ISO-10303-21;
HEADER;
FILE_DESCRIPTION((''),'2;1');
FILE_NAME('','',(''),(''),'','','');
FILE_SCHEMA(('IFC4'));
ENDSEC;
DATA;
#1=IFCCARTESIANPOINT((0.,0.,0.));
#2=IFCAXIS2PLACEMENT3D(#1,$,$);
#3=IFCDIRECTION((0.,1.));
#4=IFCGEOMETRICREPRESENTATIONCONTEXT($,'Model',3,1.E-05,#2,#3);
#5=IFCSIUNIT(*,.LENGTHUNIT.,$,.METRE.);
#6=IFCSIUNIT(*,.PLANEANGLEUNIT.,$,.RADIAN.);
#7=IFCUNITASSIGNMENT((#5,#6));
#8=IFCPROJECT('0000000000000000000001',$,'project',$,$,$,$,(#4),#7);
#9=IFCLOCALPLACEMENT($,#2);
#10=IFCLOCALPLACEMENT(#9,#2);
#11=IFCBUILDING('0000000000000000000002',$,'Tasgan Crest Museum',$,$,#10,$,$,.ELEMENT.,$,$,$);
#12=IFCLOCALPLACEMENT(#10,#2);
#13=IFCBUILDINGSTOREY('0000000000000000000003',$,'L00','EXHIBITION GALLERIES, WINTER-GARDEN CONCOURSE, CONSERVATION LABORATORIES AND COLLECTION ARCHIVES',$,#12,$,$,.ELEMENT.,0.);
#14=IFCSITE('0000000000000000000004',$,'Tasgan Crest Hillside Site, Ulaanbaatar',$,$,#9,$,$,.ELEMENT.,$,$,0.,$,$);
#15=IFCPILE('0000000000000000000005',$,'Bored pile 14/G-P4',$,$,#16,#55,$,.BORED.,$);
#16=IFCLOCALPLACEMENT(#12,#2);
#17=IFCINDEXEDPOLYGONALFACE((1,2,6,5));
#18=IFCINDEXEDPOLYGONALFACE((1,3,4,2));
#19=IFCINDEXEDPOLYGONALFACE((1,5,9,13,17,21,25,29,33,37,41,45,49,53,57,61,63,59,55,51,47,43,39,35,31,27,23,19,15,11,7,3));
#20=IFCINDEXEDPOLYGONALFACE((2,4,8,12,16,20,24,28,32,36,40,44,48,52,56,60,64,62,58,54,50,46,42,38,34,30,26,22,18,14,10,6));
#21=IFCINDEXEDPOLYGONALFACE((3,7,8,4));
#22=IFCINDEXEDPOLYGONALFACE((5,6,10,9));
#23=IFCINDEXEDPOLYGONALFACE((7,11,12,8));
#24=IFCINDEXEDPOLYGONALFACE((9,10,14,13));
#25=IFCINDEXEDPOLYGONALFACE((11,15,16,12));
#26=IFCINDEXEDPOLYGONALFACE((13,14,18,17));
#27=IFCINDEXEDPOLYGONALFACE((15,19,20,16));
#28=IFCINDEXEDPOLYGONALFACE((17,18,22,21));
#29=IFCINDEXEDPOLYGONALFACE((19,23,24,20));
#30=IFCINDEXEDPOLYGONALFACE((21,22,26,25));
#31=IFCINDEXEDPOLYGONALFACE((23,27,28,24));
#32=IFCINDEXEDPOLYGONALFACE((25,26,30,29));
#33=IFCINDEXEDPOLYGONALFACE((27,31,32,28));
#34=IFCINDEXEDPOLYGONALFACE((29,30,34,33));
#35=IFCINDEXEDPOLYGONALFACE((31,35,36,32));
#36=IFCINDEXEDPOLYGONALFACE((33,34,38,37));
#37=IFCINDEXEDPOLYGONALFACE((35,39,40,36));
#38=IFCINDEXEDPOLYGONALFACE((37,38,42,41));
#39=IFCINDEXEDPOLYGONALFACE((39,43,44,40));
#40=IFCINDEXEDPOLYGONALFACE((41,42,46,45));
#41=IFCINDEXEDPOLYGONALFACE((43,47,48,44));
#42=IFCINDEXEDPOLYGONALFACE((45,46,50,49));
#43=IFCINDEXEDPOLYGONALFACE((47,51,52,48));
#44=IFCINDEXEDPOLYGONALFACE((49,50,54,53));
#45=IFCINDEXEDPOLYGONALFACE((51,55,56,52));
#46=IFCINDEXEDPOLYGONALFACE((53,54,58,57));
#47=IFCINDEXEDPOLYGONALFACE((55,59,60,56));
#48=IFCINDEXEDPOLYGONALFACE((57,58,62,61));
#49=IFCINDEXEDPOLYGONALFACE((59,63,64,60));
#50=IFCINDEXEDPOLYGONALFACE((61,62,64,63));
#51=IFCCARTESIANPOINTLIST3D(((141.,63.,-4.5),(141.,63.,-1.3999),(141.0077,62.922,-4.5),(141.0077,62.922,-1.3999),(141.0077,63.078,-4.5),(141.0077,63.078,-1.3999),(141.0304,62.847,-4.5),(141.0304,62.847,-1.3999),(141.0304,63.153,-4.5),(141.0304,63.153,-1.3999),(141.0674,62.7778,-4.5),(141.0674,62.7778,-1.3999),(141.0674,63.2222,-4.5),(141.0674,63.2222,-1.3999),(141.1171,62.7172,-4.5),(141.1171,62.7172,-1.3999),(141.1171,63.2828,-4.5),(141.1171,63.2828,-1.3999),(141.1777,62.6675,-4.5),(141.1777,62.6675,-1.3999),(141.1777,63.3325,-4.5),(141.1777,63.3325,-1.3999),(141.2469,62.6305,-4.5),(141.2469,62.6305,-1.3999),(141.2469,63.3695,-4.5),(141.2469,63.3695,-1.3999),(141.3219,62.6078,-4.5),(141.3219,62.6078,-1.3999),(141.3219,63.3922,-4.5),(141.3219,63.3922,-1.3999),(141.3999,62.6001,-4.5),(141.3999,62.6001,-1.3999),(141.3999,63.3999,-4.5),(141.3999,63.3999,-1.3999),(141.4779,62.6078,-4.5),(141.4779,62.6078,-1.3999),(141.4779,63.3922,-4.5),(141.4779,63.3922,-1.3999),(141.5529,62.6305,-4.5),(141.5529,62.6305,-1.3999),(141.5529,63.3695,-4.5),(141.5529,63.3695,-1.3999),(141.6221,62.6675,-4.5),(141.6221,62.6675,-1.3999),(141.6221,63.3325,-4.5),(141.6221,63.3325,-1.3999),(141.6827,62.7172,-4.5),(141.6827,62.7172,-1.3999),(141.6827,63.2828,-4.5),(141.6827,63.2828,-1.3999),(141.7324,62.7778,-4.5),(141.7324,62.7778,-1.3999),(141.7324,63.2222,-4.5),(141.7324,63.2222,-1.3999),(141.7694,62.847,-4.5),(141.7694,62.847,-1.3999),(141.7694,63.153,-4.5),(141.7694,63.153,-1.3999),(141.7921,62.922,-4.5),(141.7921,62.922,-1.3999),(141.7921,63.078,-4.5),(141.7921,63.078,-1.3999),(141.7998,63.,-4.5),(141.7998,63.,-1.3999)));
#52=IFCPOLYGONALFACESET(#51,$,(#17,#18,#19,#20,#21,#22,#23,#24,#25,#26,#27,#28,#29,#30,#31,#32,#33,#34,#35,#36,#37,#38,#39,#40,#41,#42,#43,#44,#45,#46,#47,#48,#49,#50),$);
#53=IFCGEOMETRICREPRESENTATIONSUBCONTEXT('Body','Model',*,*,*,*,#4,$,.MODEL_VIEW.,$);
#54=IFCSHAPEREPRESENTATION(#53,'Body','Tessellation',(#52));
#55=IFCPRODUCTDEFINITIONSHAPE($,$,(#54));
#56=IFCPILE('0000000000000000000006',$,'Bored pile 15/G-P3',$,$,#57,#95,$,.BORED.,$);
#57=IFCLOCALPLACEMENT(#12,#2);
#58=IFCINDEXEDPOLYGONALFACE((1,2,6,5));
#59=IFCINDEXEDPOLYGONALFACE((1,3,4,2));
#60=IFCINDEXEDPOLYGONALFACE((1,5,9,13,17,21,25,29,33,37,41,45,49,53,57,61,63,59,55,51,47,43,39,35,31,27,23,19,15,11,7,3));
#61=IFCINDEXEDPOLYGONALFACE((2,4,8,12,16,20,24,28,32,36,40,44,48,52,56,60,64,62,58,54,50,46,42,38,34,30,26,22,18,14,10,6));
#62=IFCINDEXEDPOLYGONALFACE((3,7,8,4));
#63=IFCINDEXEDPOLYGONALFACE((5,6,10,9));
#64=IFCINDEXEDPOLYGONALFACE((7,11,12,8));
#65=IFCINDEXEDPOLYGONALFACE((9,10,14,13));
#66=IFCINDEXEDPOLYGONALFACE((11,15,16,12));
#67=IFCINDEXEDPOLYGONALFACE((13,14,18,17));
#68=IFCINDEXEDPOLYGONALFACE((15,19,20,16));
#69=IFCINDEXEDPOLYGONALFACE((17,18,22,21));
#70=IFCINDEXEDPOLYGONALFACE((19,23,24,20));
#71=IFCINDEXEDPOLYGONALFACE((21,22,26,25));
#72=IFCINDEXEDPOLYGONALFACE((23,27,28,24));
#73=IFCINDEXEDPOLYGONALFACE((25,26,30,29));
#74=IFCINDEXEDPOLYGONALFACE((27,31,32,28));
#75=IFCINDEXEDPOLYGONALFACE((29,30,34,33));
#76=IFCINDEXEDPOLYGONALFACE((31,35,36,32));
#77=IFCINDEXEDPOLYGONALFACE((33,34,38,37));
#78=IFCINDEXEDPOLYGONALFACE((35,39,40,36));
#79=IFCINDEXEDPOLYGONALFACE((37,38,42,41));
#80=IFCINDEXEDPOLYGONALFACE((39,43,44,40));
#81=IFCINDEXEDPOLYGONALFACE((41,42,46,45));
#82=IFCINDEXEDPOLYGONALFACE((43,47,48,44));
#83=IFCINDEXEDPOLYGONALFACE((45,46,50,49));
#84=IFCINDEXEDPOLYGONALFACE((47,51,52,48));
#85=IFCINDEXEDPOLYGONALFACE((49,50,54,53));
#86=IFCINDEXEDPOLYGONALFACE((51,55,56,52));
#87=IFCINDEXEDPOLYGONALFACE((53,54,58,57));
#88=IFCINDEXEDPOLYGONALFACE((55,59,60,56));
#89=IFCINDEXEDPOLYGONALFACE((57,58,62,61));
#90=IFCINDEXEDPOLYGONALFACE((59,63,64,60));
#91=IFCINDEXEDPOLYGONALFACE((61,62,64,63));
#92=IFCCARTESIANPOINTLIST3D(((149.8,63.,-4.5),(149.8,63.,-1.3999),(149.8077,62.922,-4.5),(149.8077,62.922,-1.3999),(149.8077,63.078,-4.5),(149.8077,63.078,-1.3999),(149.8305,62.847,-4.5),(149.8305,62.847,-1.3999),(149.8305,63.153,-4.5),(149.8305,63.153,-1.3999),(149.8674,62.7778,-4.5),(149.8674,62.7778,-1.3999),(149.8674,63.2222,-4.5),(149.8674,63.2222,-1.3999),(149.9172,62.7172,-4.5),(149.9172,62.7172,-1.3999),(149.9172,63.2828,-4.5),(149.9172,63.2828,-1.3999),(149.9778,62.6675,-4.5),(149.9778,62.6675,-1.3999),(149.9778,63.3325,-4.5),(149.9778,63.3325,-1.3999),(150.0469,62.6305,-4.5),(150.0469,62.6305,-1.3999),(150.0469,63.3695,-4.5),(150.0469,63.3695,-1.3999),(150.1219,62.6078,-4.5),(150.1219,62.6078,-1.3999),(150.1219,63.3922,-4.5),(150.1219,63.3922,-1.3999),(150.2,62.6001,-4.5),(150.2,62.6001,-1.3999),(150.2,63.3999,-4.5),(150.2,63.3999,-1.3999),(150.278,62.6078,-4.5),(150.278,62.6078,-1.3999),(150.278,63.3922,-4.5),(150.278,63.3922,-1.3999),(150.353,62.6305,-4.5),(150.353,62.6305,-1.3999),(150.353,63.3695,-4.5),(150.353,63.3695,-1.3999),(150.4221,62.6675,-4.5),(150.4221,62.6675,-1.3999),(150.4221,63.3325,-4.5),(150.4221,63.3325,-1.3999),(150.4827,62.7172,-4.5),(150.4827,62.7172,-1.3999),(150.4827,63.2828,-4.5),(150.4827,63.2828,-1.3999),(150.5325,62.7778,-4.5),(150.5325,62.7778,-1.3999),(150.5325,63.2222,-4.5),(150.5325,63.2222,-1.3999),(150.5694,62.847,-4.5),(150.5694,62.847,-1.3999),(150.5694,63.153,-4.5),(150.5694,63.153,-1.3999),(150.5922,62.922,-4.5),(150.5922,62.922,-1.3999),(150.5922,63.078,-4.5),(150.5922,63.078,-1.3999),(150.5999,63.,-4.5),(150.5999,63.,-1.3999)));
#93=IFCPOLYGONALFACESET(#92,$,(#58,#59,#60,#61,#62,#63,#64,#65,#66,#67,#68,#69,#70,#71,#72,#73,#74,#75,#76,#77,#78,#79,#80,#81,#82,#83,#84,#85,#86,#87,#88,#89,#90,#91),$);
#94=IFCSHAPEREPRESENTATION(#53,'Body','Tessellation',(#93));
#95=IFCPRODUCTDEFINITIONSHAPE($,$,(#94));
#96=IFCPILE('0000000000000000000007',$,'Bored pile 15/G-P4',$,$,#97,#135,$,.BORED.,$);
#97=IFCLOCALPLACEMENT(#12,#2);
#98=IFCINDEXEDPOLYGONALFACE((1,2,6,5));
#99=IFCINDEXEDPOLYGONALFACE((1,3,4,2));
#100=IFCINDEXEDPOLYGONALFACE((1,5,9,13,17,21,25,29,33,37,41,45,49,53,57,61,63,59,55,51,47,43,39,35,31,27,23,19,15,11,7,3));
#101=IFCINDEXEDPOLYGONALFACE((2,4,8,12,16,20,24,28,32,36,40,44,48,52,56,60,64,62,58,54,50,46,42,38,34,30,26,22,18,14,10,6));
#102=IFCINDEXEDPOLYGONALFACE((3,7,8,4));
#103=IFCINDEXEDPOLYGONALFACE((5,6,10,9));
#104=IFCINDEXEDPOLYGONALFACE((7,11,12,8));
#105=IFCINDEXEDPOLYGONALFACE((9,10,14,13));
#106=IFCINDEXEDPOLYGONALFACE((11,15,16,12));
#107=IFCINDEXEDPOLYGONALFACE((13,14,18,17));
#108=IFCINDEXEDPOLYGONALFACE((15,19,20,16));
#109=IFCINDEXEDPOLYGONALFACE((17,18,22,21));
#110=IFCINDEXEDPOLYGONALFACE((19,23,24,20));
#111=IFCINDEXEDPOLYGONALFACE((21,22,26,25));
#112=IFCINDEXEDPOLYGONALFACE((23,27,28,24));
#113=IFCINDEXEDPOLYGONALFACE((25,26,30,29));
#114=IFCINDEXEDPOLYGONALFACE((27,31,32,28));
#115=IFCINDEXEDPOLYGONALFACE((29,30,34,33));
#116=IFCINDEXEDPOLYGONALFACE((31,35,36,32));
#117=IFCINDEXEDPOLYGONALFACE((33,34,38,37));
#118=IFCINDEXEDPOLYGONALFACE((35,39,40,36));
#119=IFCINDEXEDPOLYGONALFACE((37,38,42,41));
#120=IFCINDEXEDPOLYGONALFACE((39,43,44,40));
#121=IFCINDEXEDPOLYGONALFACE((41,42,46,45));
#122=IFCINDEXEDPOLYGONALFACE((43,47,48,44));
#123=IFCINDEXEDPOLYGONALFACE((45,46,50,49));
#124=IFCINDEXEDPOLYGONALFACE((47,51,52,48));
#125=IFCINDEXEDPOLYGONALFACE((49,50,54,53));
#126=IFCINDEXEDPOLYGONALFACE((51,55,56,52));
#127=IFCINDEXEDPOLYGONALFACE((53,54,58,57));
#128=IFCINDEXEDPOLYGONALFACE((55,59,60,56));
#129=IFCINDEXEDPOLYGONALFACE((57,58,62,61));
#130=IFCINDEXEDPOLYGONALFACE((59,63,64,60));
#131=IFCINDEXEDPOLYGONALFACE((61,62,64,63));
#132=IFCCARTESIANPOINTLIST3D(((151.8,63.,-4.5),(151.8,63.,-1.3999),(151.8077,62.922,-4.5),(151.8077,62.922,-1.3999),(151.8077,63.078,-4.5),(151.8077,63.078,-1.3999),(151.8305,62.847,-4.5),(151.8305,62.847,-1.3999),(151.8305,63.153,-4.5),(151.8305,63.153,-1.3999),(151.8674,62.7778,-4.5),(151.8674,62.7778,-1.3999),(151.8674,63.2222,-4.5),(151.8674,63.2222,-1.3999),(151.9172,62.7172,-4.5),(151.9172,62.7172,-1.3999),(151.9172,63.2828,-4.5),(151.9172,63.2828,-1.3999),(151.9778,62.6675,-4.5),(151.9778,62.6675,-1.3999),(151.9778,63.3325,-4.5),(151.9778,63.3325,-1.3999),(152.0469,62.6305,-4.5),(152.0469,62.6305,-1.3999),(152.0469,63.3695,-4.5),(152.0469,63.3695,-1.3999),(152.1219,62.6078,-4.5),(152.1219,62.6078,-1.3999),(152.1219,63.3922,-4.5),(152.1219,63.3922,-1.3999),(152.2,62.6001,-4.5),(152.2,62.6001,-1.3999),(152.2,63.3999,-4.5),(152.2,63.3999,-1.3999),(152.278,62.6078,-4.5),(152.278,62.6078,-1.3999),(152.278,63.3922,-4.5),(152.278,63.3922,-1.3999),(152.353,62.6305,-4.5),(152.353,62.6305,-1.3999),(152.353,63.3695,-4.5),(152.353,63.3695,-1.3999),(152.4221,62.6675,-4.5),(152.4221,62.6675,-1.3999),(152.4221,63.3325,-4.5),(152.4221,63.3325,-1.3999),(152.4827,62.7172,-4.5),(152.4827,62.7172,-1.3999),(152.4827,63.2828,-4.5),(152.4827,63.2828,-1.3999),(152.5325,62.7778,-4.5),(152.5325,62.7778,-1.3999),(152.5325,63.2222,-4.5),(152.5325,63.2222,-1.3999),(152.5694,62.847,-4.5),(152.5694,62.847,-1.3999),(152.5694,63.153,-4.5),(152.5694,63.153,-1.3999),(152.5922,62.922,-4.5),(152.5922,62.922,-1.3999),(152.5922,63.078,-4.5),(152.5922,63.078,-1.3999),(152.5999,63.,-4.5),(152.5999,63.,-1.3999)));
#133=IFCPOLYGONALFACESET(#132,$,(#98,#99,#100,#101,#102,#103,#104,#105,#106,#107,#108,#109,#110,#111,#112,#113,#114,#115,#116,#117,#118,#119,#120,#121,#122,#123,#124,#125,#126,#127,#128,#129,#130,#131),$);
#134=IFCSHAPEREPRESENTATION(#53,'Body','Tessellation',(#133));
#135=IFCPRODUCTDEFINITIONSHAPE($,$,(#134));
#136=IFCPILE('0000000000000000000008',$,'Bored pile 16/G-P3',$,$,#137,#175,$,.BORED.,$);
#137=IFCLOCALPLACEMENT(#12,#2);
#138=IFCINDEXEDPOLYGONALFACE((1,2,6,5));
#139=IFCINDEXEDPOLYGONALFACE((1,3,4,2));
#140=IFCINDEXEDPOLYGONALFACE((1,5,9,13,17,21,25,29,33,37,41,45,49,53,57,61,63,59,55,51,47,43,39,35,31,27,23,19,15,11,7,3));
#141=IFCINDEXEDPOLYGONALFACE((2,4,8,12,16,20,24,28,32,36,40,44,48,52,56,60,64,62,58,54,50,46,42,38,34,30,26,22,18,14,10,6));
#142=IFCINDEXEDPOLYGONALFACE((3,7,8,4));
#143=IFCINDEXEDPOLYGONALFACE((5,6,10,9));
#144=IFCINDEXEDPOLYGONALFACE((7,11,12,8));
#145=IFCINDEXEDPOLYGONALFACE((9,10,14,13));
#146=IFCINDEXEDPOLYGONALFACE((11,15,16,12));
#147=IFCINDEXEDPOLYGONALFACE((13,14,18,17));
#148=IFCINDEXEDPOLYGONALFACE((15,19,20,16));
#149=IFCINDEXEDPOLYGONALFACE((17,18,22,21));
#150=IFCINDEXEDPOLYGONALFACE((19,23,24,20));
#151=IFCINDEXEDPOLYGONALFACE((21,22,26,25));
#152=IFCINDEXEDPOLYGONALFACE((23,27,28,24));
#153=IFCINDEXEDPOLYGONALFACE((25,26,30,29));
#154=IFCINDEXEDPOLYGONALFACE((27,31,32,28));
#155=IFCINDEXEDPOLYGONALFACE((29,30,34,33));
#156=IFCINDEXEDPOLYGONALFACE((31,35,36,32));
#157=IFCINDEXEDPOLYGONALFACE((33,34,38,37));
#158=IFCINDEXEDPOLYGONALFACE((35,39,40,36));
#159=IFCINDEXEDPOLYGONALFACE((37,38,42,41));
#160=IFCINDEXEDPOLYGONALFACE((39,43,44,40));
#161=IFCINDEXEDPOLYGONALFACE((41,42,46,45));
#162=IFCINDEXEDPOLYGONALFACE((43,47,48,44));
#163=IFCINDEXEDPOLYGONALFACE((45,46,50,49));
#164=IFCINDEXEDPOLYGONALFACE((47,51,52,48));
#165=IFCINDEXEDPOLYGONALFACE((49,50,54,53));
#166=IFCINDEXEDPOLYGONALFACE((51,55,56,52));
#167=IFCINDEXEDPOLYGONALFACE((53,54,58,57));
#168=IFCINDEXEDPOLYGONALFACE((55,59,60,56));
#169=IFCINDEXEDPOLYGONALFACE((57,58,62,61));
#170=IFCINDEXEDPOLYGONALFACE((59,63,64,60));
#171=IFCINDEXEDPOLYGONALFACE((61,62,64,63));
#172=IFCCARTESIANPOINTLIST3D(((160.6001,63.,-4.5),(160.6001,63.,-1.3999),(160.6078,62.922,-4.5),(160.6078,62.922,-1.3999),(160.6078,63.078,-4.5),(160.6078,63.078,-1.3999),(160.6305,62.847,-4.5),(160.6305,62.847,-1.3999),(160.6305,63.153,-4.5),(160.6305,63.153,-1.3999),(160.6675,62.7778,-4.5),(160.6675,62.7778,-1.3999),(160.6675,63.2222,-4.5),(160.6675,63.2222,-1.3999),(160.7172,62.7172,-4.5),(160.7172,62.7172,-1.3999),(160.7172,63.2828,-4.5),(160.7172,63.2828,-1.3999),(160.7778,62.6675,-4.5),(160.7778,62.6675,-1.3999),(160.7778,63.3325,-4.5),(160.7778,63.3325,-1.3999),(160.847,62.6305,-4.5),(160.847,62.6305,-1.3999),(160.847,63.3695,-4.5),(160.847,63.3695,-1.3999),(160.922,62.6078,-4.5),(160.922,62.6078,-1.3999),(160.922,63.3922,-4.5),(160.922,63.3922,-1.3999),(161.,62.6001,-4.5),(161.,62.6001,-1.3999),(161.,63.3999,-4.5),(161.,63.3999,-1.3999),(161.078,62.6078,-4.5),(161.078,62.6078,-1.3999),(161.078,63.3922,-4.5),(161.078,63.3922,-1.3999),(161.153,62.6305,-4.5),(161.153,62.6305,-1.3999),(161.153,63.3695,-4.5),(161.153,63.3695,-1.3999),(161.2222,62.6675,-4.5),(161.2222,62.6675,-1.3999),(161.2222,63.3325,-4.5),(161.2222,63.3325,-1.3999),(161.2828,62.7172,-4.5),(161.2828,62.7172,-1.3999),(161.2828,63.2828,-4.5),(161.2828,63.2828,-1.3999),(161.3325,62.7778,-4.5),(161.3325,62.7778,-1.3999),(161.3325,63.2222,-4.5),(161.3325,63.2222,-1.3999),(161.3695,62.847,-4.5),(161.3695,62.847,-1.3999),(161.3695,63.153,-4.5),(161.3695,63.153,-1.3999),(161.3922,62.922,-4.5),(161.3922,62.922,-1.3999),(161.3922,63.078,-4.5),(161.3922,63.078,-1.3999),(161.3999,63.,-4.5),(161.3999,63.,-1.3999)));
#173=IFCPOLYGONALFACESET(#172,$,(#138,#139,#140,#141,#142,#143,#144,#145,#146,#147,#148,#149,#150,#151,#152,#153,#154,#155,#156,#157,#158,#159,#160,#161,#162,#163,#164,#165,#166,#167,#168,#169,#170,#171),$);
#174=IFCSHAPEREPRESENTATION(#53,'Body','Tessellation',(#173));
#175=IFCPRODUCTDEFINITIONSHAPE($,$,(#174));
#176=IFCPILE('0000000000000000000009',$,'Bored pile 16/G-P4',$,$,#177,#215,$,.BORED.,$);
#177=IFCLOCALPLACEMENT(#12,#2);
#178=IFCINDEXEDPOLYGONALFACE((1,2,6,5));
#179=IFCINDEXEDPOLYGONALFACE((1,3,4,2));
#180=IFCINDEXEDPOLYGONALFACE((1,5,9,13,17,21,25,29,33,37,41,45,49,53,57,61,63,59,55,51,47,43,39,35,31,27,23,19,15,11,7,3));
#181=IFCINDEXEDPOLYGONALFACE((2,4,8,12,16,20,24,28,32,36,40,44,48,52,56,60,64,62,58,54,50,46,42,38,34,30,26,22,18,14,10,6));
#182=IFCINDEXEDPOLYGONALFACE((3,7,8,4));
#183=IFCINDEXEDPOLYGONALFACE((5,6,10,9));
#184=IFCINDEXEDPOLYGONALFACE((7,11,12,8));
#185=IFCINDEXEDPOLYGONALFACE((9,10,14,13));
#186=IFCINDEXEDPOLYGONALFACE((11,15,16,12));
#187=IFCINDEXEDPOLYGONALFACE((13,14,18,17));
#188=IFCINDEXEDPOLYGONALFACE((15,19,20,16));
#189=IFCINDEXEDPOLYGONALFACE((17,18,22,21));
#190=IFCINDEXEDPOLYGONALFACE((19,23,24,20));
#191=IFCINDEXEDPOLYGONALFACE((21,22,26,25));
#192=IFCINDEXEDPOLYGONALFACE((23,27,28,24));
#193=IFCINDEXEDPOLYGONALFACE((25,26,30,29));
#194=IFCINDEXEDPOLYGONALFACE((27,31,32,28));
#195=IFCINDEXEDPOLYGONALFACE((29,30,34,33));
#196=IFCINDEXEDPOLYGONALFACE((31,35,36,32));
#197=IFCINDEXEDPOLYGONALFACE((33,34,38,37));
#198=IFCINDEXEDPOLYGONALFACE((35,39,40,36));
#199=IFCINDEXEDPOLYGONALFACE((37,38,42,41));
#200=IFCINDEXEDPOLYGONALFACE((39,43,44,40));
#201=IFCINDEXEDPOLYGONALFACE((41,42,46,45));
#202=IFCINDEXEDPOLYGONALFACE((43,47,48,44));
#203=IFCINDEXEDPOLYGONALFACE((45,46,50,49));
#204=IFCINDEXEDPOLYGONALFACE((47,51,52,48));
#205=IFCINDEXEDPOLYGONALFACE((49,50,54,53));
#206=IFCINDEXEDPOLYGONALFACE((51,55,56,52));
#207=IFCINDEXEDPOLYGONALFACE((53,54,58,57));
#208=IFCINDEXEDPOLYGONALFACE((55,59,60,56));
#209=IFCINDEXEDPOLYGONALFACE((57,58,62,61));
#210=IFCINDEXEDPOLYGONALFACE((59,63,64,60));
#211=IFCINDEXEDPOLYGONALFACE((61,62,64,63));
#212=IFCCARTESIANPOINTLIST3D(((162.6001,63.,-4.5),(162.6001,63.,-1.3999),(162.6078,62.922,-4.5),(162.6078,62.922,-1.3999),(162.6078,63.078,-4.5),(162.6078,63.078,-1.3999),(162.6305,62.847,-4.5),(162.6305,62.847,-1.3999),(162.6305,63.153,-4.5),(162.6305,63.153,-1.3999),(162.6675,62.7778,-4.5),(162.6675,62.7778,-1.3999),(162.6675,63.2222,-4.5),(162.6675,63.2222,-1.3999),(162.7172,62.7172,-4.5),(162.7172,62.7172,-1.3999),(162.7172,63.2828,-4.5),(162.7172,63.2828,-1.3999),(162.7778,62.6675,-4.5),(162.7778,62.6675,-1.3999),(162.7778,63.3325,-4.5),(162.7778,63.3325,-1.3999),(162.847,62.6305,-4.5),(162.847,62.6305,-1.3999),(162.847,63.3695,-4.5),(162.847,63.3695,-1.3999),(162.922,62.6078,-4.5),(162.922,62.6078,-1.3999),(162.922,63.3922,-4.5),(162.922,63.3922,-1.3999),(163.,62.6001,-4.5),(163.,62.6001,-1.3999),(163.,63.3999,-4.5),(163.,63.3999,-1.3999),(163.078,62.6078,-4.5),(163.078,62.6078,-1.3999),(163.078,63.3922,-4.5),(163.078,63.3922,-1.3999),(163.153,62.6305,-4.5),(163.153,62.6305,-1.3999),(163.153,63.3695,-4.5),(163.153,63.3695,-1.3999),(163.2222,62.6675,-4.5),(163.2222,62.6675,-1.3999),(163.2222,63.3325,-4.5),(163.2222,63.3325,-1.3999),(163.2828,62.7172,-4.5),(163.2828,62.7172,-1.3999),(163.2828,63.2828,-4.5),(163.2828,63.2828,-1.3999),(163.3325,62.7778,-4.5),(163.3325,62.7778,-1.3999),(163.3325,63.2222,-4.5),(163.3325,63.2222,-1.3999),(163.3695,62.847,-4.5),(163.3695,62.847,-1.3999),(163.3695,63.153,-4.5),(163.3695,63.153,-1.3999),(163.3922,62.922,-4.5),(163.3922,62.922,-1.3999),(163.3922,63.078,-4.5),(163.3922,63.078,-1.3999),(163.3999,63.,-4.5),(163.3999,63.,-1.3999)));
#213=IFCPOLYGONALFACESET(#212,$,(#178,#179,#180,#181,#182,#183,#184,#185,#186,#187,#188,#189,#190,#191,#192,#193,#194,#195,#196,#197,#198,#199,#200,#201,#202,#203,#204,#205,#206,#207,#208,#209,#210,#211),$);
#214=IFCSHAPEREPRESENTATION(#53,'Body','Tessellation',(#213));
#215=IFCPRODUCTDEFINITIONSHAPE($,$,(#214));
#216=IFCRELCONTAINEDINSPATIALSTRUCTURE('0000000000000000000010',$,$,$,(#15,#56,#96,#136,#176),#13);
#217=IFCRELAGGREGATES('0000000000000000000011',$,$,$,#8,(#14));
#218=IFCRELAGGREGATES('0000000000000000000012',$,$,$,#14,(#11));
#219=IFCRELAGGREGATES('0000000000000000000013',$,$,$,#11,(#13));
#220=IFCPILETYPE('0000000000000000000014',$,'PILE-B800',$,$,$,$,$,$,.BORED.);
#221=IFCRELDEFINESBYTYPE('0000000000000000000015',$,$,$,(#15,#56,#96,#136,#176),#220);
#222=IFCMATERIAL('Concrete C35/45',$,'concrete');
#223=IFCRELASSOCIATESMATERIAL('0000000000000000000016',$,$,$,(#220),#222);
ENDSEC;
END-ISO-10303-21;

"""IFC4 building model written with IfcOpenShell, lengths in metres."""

from ifc_helpers import new_model, si_unit, direction, frame, origin, origin_2d, place, context, subcontext, project, spatial, circle, extrude, material, material_profile, profile_set, type_object, element, save


model = new_model("IFC4")

# Units and contexts
model_context = context("Model", 3, precision=1e-05, world=origin(), true_north=direction((0.0, 1.0)))
body_context = subcontext(model_context, "Body", "Model", "MODEL_VIEW")
ifc_project = project(units=[si_unit("LENGTHUNIT", "METRE"), si_unit("PLANEANGLEUNIT", "RADIAN")], contexts=[model_context])

# Site, building, storey
site_placement = place(None, origin())
site = spatial("IfcSite", under=ifc_project, at=site_placement, Name="Tasgan Crest Hillside Site, Ulaanbaatar", CompositionType="ELEMENT", RefElevation=0.0)
building_placement = place(site_placement, origin())
building = spatial("IfcBuilding", under=site, at=building_placement, Name="Tasgan Crest Museum", CompositionType="ELEMENT")
storey_placement = place(building_placement, origin())
storey = spatial("IfcBuildingStorey", under=building, at=storey_placement, Name="L00", Description="EXHIBITION GALLERIES, WINTER-GARDEN CONCOURSE, CONSERVATION LABORATORIES AND COLLECTION ARCHIVES", CompositionType="ELEMENT", Elevation=0.0)

# Piles
ifc_material_1 = material(Name="Concrete C35/45", Category="concrete")
ifc_material_profile_1 = material_profile(ifc_material_1, circle(Radius=0.3999, at=origin_2d()), Name="PILE D800")
ifc_profile_set_1 = profile_set([ifc_material_profile_1], Name="Concrete C35/45")
pile_type_1 = type_object("IfcPileType", Name="PILE-B800", PredefinedType="BORED", material=ifc_profile_set_1)
for number, where, z_axis, x_axis, name in (
    (1, (141.3999, 63.0, -1.3999), (0.0, 0.0, -1.0), (1.0, 0.0, 0.0), "Bored pile 14/G-P4"),
    (2, (150.2, 63.0, -1.3999), (0.0, 0.0, -1.0), (1.0, 0.0, 0.0), "Bored pile 15/G-P3"),
    (3, (152.2, 63.0, -1.3999), (0.0, 0.0, -1.0), (1.0, 0.0, 0.0), "Bored pile 15/G-P4"),
    (4, (161.0, 63.0, -1.3999), (0.0, 0.0, -1.0), (1.0, 0.0, 0.0), "Bored pile 16/G-P3"),
    (5, (163.0, 63.0, -1.3999), (0.0, 0.0, -1.0), (1.0, 0.0, 0.0), "Bored pile 16/G-P4"),
):
    element("IfcPile", number, at=place(storey_placement, frame(where, z_axis=z_axis, x_axis=x_axis)), inside=storey, type_object=pile_type_1, Name=name, PredefinedType="BORED", context=body_context, shape_type="SweptSolid", body=[
        extrude(circle(Radius=0.3999, at=origin_2d()), origin(), (0.0, 0.0, 1.0), 3.1001),
    ])

save(model, "model.ifc")
